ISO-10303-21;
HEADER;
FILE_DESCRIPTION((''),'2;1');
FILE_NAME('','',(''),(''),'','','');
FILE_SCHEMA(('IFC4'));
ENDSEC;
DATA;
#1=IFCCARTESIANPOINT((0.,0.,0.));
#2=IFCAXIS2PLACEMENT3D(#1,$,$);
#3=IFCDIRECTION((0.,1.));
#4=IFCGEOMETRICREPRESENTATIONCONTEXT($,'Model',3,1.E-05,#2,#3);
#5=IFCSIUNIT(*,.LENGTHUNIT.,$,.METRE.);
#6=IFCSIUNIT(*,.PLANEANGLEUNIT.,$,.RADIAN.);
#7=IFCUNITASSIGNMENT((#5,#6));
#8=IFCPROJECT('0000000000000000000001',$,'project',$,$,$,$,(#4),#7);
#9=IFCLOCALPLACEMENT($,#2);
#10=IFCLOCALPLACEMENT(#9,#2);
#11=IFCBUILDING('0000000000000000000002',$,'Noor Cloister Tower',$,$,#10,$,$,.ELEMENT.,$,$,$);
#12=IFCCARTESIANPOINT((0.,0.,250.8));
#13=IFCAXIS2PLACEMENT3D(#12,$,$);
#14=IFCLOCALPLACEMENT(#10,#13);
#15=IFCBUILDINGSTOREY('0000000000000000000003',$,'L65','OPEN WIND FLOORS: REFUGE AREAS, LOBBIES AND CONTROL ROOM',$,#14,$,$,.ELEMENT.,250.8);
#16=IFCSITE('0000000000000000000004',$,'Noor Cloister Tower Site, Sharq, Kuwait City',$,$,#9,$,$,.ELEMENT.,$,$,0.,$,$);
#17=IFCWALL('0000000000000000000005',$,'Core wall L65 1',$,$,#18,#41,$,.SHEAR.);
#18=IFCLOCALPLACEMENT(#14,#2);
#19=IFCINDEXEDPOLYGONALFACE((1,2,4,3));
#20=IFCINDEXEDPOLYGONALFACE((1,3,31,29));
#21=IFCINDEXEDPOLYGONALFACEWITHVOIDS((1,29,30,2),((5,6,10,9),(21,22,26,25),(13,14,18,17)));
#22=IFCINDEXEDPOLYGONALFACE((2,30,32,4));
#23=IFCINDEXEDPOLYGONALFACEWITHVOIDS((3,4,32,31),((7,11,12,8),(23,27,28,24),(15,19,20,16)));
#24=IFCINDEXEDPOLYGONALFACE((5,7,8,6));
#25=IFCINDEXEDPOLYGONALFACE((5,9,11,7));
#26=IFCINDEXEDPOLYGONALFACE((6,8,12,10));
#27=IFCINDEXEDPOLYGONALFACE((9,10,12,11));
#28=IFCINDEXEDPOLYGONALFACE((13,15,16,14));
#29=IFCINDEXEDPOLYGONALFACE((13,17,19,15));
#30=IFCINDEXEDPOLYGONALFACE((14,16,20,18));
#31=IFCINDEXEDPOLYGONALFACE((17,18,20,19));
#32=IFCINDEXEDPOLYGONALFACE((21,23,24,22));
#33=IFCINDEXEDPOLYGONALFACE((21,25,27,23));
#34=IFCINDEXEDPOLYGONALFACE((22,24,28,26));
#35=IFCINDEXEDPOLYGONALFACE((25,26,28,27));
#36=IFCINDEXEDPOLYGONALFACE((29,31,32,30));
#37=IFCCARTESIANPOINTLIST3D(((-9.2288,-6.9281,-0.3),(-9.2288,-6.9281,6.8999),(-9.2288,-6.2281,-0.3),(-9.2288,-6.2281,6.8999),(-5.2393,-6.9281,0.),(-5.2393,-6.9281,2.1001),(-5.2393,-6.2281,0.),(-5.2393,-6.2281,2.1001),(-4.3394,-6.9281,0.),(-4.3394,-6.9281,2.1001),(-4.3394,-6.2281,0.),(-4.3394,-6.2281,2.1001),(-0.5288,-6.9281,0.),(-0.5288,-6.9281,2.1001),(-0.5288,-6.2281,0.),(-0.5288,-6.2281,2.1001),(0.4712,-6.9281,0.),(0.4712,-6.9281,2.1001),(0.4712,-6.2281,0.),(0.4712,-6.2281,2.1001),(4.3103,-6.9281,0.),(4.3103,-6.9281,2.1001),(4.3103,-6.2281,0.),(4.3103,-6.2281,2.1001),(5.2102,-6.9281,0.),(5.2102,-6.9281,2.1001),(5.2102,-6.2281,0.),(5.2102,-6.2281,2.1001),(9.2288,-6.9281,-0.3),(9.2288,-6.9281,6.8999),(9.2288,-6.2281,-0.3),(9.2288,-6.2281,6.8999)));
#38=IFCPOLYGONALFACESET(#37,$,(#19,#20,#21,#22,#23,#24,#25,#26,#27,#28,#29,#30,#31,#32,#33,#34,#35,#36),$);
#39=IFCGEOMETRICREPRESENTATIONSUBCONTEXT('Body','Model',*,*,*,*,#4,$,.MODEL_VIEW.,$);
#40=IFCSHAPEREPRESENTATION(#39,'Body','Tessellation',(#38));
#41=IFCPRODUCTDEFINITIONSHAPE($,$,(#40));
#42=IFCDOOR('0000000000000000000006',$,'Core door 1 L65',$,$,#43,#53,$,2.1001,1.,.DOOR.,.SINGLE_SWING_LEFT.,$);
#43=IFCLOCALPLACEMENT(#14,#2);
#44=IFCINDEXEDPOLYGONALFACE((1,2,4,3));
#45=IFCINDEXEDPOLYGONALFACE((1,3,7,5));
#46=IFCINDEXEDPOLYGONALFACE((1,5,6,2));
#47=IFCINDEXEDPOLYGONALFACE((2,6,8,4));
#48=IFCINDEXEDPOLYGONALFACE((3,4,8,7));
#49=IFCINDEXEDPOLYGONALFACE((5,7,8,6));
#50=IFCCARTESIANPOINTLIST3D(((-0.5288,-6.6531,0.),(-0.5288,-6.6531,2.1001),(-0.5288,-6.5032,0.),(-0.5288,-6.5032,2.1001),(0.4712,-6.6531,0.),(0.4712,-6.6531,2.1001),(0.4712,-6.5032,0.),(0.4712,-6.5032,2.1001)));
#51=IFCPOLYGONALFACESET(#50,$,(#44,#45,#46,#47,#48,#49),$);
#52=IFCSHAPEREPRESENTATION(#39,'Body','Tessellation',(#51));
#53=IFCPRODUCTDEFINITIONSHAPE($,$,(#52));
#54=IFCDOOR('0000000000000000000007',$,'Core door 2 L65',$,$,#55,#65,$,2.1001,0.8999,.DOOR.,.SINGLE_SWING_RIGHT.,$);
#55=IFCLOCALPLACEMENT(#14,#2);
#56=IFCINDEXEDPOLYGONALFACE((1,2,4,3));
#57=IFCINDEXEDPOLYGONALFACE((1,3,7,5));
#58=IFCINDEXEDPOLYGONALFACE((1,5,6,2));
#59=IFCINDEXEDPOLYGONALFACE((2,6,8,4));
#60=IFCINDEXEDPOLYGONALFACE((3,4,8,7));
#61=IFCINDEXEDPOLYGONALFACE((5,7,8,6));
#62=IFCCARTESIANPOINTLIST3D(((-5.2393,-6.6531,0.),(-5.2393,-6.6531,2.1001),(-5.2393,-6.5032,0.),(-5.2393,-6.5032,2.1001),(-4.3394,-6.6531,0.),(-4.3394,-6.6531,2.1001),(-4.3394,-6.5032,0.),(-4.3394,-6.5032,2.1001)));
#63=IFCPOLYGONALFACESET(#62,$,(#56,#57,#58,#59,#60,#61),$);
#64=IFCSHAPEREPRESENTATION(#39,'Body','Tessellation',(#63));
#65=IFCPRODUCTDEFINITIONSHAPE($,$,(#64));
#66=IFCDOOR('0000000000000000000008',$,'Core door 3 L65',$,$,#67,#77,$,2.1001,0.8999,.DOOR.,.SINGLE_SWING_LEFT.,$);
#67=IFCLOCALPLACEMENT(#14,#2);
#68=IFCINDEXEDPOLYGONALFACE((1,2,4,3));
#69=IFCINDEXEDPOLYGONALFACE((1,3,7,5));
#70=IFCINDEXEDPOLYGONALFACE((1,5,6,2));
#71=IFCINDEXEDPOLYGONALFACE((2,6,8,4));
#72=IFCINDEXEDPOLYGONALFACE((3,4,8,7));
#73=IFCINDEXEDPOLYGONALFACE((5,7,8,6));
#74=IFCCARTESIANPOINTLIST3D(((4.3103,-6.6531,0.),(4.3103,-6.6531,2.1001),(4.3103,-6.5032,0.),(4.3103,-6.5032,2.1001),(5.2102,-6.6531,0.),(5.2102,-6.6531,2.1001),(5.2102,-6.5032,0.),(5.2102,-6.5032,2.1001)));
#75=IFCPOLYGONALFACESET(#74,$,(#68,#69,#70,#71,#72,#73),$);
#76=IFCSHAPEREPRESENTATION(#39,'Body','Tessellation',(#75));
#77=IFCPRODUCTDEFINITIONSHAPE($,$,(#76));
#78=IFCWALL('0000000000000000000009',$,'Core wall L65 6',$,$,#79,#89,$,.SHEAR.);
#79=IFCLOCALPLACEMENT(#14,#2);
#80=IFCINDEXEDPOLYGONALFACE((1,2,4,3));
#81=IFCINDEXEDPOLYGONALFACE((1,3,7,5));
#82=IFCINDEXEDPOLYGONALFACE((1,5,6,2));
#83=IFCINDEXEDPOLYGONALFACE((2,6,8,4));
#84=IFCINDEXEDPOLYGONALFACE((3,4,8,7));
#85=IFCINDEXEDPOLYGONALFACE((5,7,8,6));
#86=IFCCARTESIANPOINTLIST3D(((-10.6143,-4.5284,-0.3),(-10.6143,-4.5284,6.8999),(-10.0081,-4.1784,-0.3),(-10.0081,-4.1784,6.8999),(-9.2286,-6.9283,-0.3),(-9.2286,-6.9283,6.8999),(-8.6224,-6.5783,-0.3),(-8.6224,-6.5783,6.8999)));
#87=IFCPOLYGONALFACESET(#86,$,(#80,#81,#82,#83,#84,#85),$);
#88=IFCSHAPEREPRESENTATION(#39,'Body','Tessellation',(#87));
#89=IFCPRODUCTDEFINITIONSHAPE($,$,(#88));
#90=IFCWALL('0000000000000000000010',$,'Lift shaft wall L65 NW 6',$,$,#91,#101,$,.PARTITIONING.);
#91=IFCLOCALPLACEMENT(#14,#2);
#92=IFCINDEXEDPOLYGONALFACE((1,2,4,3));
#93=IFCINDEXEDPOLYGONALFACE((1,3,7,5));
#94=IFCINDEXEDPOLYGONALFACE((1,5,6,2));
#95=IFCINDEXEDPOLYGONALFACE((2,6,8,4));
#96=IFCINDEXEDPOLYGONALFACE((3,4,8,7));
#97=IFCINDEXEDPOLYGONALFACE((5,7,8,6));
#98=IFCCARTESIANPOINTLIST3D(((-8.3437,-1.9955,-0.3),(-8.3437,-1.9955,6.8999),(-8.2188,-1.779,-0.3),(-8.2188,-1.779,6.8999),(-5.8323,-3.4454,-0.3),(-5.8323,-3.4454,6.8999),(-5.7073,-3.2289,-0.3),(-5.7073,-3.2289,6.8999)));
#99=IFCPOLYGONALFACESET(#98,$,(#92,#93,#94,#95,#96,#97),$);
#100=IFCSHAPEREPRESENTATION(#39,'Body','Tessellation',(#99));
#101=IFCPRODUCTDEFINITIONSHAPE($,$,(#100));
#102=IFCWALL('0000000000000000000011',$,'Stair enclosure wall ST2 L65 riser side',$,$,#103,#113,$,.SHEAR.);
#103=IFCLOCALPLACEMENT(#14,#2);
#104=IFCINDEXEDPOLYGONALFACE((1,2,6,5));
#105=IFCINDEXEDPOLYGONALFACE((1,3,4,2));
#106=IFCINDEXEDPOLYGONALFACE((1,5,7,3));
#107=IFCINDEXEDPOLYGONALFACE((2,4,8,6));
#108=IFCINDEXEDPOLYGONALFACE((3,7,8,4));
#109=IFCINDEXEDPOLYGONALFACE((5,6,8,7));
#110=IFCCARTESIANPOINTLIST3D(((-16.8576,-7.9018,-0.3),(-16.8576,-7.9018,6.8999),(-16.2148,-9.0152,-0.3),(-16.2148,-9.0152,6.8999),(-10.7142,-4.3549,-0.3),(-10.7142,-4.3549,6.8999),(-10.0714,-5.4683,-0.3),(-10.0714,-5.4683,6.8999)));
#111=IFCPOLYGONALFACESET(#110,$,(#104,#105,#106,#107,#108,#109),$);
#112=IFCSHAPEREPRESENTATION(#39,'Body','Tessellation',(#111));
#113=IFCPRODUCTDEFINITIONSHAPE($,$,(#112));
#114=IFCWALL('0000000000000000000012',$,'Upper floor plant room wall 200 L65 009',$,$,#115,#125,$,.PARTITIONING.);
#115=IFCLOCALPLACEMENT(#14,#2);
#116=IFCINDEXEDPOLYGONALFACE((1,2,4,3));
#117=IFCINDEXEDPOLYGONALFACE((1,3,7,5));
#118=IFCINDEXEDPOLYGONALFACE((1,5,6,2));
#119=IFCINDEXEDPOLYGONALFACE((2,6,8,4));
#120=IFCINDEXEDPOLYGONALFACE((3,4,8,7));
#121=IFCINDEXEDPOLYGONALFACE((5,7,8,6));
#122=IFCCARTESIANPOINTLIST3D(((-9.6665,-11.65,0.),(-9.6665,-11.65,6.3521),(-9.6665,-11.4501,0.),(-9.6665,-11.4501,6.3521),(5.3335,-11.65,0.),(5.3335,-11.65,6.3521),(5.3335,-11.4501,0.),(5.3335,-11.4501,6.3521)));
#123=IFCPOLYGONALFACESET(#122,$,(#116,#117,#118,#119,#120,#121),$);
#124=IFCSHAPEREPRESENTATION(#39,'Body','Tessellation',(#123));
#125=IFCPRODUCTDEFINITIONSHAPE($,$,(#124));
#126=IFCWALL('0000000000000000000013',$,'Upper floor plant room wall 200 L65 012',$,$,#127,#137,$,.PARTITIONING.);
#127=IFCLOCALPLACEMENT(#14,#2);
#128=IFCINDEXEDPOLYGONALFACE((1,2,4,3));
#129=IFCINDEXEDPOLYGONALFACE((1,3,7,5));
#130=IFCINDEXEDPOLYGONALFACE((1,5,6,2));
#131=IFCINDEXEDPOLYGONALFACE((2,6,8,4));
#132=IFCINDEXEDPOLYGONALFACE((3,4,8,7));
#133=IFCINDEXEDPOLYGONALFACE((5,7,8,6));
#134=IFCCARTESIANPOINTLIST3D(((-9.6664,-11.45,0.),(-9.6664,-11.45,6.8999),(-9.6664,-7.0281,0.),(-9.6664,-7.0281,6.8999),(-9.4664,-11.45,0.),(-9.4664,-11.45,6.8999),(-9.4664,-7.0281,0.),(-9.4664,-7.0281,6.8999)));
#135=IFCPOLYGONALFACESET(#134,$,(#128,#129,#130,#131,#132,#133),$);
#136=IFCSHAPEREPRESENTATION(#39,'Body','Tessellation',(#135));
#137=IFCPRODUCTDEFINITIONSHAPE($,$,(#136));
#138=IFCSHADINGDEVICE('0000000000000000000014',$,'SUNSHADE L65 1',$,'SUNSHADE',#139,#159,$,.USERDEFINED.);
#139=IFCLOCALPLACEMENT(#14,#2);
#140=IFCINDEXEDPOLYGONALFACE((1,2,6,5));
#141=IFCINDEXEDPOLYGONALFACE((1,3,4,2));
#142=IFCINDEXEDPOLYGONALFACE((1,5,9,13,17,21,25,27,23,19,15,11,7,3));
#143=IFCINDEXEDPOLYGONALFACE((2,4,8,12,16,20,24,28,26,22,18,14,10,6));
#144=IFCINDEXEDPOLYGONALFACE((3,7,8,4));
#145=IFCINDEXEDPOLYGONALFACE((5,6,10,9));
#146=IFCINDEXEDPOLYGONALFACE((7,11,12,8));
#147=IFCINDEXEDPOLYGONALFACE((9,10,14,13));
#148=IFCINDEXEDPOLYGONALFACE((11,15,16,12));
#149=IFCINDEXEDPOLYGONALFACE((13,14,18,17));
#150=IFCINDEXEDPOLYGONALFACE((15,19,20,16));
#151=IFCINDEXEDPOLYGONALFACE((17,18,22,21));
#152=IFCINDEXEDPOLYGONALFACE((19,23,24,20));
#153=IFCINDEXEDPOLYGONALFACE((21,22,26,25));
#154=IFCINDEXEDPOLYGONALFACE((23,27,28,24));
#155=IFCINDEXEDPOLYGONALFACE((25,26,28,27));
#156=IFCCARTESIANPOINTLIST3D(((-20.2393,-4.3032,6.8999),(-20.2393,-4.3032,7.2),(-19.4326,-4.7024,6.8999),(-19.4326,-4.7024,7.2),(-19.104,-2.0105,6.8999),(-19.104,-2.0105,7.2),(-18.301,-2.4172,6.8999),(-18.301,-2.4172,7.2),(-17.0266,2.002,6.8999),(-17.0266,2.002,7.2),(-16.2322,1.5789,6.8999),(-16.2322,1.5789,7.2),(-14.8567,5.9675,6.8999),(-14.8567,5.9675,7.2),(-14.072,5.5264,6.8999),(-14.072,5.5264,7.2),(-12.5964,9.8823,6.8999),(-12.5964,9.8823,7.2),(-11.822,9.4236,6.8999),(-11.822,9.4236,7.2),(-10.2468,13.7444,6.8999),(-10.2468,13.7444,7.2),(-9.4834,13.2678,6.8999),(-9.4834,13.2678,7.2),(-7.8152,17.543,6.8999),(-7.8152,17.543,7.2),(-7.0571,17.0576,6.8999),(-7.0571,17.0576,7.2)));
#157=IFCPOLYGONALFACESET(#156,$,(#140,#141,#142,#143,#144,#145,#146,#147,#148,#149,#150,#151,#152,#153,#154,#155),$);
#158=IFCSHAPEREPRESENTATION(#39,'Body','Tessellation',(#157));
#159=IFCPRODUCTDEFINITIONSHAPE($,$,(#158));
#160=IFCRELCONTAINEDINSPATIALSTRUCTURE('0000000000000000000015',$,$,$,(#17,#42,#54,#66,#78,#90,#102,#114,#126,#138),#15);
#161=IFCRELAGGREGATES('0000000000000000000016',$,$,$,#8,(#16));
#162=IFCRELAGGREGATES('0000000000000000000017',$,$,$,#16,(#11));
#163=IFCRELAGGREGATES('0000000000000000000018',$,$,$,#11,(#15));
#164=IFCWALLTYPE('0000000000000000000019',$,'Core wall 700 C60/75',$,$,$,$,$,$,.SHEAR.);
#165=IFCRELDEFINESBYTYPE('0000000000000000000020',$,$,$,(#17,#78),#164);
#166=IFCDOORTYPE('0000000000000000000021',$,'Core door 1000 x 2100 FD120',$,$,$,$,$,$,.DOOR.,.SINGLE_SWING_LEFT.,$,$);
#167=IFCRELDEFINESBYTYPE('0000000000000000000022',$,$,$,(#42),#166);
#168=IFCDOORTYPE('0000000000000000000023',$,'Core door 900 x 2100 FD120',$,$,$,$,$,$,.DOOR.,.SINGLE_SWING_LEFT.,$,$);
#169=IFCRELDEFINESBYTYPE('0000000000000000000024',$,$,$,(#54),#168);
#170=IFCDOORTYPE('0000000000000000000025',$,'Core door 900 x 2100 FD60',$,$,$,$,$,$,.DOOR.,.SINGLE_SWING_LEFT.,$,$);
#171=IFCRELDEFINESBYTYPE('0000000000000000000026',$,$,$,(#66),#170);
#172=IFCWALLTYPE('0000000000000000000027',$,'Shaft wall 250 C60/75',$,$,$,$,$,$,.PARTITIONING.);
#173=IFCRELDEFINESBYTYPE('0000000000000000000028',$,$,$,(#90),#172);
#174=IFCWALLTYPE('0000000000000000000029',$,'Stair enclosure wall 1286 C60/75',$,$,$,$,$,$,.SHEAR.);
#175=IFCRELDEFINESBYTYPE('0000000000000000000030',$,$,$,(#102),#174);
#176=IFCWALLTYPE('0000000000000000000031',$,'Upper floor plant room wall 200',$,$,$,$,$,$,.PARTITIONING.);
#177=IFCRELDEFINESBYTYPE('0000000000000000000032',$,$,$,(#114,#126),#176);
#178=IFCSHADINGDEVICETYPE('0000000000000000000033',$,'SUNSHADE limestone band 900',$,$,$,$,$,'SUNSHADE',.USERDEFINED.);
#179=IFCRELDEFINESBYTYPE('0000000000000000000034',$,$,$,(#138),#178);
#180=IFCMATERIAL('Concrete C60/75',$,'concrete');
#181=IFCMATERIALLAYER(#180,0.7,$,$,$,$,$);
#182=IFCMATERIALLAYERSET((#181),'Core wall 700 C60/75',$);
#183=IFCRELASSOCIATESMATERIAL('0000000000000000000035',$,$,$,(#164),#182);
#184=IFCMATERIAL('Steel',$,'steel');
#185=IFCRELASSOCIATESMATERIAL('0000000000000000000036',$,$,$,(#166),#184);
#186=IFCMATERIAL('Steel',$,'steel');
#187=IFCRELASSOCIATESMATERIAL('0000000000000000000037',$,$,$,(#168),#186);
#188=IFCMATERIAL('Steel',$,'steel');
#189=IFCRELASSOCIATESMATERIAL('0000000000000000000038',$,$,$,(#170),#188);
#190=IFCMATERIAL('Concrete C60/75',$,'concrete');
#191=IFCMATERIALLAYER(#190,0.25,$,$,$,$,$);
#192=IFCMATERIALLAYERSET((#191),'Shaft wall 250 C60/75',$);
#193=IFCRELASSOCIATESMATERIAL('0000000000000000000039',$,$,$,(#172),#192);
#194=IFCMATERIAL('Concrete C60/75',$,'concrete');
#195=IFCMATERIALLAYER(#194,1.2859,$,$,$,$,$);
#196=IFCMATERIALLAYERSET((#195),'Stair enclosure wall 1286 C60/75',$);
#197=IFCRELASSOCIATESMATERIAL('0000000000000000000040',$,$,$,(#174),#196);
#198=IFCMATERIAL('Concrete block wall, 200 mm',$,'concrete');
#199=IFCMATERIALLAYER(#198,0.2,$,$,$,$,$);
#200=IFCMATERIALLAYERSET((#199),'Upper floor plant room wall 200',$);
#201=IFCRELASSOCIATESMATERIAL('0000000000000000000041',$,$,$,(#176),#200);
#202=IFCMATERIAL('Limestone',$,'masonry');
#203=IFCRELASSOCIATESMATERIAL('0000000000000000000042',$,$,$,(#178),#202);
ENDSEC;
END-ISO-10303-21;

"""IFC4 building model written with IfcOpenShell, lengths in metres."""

from ifc_helpers import new_model, si_unit, direction, frame, frame_2d, origin, place, context, subcontext, project, spatial, polyline, rectangle, outline, extrude, material, layer, layer_set, type_object, element, fill, save


model = new_model("IFC4")

# Units and contexts
model_context = context("Model", 3, precision=1e-05, world=origin(), true_north=direction((0.0, 1.0)))
body_context = subcontext(model_context, "Body", "Model", "MODEL_VIEW")
ifc_project = project(units=[si_unit("LENGTHUNIT", "METRE"), si_unit("PLANEANGLEUNIT", "RADIAN")], contexts=[model_context])

# Site, building, storey
site_placement = place(None, origin())
site = spatial("IfcSite", under=ifc_project, at=site_placement, Name="Noor Cloister Tower Site, Sharq, Kuwait City", CompositionType="ELEMENT", RefElevation=0.0)
building_placement = place(site_placement, origin())
building = spatial("IfcBuilding", under=site, at=building_placement, Name="Noor Cloister Tower", CompositionType="ELEMENT")
storey_placement = place(building_placement, frame((0.0, 0.0, 250.8)))
storey = spatial("IfcBuildingStorey", under=building, at=storey_placement, Name="L65", Description="OPEN WIND FLOORS: REFUGE AREAS, LOBBIES AND CONTROL ROOM", CompositionType="ELEMENT", Elevation=250.8)

# Wall, openings, doors
ifc_material_1 = material(Name="Concrete C60/75", Category="concrete")
ifc_layer_1 = layer(ifc_material_1, 0.7)
ifc_layer_set_1 = layer_set([ifc_layer_1], Name="Core wall 700 C60/75")
wall_type_1 = type_object("IfcWallType", Name="Core wall 700 C60/75", PredefinedType="SHEAR", material=ifc_layer_set_1)
wall_1_placement = place(storey_placement, frame((-9.2288, -6.5781, -0.3), z_axis=(0.0, 0.0, 1.0), x_axis=(1.0, 0.0, 0.0)))
wall_1 = element("IfcWall", 1, at=wall_1_placement, inside=storey, type_object=wall_type_1, Name="Core wall L65 1", PredefinedType="SHEAR", context=body_context, shape_type="SweptSolid", body=[
    extrude(rectangle(XDim=18.4575, YDim=0.7, at=frame_2d((9.2288, 0.0))), origin(), (0.0, 0.0, 1.0), 7.2),
])
opening_1_placement = place(wall_1_placement, frame((8.7, 0.0, 0.3)))
opening_1 = element("IfcOpeningElement", 2, at=opening_1_placement, cuts=wall_1, PredefinedType="OPENING", context=body_context, shape_type="SweptSolid", body=[
    extrude(rectangle(XDim=1.0, YDim=2.1001, at=frame_2d((0.5, 1.05))), frame((0.0, 0.3599, 0.0), z_axis=(0.0, -1.0, 0.0), x_axis=(1.0, 0.0, 0.0)), (0.0, 0.0, 1.0), 0.72),
])
opening_2_placement = place(wall_1_placement, frame((3.9895, 0.0, 0.3)))
opening_2 = element("IfcOpeningElement", 3, at=opening_2_placement, cuts=wall_1, PredefinedType="OPENING", context=body_context, shape_type="SweptSolid", body=[
    extrude(rectangle(XDim=0.8999, YDim=2.1001, at=frame_2d((0.45, 1.05))), frame((0.0, 0.3599, 0.0), z_axis=(0.0, -1.0, 0.0), x_axis=(1.0, 0.0, 0.0)), (0.0, 0.0, 1.0), 0.72),
])
opening_3_placement = place(wall_1_placement, frame((13.5391, 0.0, 0.3)))
opening_3 = element("IfcOpeningElement", 4, at=opening_3_placement, cuts=wall_1, PredefinedType="OPENING", context=body_context, shape_type="SweptSolid", body=[
    extrude(rectangle(XDim=0.8999, YDim=2.1001, at=frame_2d((0.45, 1.05))), frame((0.0, 0.3599, 0.0), z_axis=(0.0, -1.0, 0.0), x_axis=(1.0, 0.0, 0.0)), (0.0, 0.0, 1.0), 0.72),
])
ifc_material_2 = material(Name="Steel", Category="steel")
door_type_1 = type_object("IfcDoorType", Name="Core door 1000 x 2100 FD120", OperationType="SINGLE_SWING_LEFT", PredefinedType="DOOR", material=ifc_material_2)
door_1_placement = place(opening_1_placement, origin())
door_1 = element("IfcDoor", 5, at=door_1_placement, inside=storey, type_object=door_type_1, Name="Core door 1 L65", OperationType="SINGLE_SWING_LEFT", OverallHeight=2.1001, OverallWidth=1.0, PredefinedType="DOOR", context=body_context, shape_type="SweptSolid", body=[
    extrude(rectangle(XDim=1.0, YDim=2.1001, at=frame_2d((0.5, 1.05))), frame((0.0, 0.075, 0.0), z_axis=(0.0, -1.0, 0.0), x_axis=(1.0, 0.0, 0.0)), (0.0, 0.0, 1.0), 0.1499),
])
fill(opening_1, door_1)
ifc_material_3 = material(Name="Steel", Category="steel")
door_type_2 = type_object("IfcDoorType", Name="Core door 900 x 2100 FD120", OperationType="SINGLE_SWING_LEFT", PredefinedType="DOOR", material=ifc_material_3)
door_2_placement = place(opening_2_placement, origin())
door_2 = element("IfcDoor", 6, at=door_2_placement, inside=storey, type_object=door_type_2, Name="Core door 2 L65", OperationType="SINGLE_SWING_RIGHT", OverallHeight=2.1001, OverallWidth=0.8999, PredefinedType="DOOR", context=body_context, shape_type="SweptSolid", body=[
    extrude(rectangle(XDim=0.8999, YDim=2.1001, at=frame_2d((0.45, 1.05))), frame((0.0, 0.075, 0.0), z_axis=(0.0, -1.0, 0.0), x_axis=(1.0, 0.0, 0.0)), (0.0, 0.0, 1.0), 0.1499),
])
fill(opening_2, door_2)
ifc_material_4 = material(Name="Steel", Category="steel")
door_type_3 = type_object("IfcDoorType", Name="Core door 900 x 2100 FD60", OperationType="SINGLE_SWING_LEFT", PredefinedType="DOOR", material=ifc_material_4)
door_3_placement = place(opening_3_placement, origin())
door_3 = element("IfcDoor", 7, at=door_3_placement, inside=storey, type_object=door_type_3, Name="Core door 3 L65", OperationType="SINGLE_SWING_LEFT", OverallHeight=2.1001, OverallWidth=0.8999, PredefinedType="DOOR", context=body_context, shape_type="SweptSolid", body=[
    extrude(rectangle(XDim=0.8999, YDim=2.1001, at=frame_2d((0.45, 1.05))), frame((0.0, 0.075, 0.0), z_axis=(0.0, -1.0, 0.0), x_axis=(1.0, 0.0, 0.0)), (0.0, 0.0, 1.0), 0.1499),
])
fill(opening_3, door_3)

# Walls
wall_2_placement = place(storey_placement, frame((-10.3113, -4.3533, -0.3), z_axis=(0.0, 0.0, 1.0), x_axis=(0.500043, -0.866001, 0.0)))
element("IfcWall", 8, at=wall_2_placement, inside=storey, type_object=wall_type_1, Name="Core wall L65 6", PredefinedType="SHEAR", context=body_context, shape_type="SweptSolid", body=[
    extrude(rectangle(XDim=2.7712, YDim=0.7, at=frame_2d((1.3857, 0.0))), origin(), (0.0, 0.0, 1.0), 7.2),
])
ifc_material_5 = material(Name="Concrete C60/75", Category="concrete")
ifc_layer_2 = layer(ifc_material_5, 0.25)
ifc_layer_set_2 = layer_set([ifc_layer_2], Name="Shaft wall 250 C60/75")
wall_type_2 = type_object("IfcWallType", Name="Shaft wall 250 C60/75", PredefinedType="PARTITIONING", material=ifc_layer_set_2)
wall_3_placement = place(storey_placement, frame((-8.2812, -1.8872, -0.3), z_axis=(0.0, 0.0, 1.0), x_axis=(0.866033, -0.499987, 0.0)))
element("IfcWall", 9, at=wall_3_placement, inside=storey, type_object=wall_type_2, Name="Lift shaft wall L65 NW 6", PredefinedType="PARTITIONING", context=body_context, shape_type="SweptSolid", body=[
    extrude(rectangle(XDim=2.8999, YDim=0.25, at=frame_2d((1.45, 0.0))), origin(), (0.0, 0.0, 1.0), 7.2),
])
ifc_material_6 = material(Name="Concrete C60/75", Category="concrete")
ifc_layer_3 = layer(ifc_material_6, 1.2859)
ifc_layer_set_3 = layer_set([ifc_layer_3], Name="Stair enclosure wall 1286 C60/75")
wall_type_3 = type_object("IfcWallType", Name="Stair enclosure wall 1286 C60/75", PredefinedType="SHEAR", material=ifc_layer_set_3)
wall_4_placement = place(storey_placement, frame((-10.3928, -4.9116, -0.3), z_axis=(0.0, 0.0, 1.0), x_axis=(-0.866023, -0.500003, 0.0)))
element("IfcWall", 10, at=wall_4_placement, inside=storey, type_object=wall_type_3, Name="Stair enclosure wall ST2 L65 riser side", PredefinedType="SHEAR", context=body_context, shape_type="SweptSolid", body=[
    extrude(rectangle(XDim=7.0938, YDim=1.2856, at=frame_2d((3.5469, 0.0))), origin(), (0.0, 0.0, 1.0), 7.2),
])
ifc_material_7 = material(Name="Concrete block wall, 200 mm", Category="concrete")
ifc_layer_4 = layer(ifc_material_7, 0.2)
ifc_layer_set_4 = layer_set([ifc_layer_4], Name="Upper floor plant room wall 200")
wall_type_4 = type_object("IfcWallType", Name="Upper floor plant room wall 200", PredefinedType="PARTITIONING", material=ifc_layer_set_4)
wall_5_placement = place(storey_placement, frame((-9.6665, -11.55, 0.0), z_axis=(0.0, 0.0, 1.0), x_axis=(1.0, 0.0, 0.0)))
element("IfcWall", 11, at=wall_5_placement, inside=storey, type_object=wall_type_4, Name="Upper floor plant room wall 200 L65 009", PredefinedType="PARTITIONING", context=body_context, shape_type="SweptSolid", body=[
    extrude(rectangle(XDim=15.0, YDim=0.2, at=frame_2d((7.5, 0.0))), origin(), (0.0, 0.0, 1.0), 6.3521),
])
wall_6_placement = place(storey_placement, frame((-9.5664, -11.45, 0.0), z_axis=(0.0, 0.0, 1.0), x_axis=(0.0, 1.0, 0.0)))
element("IfcWall", 12, at=wall_6_placement, inside=storey, type_object=wall_type_4, Name="Upper floor plant room wall 200 L65 012", PredefinedType="PARTITIONING", context=body_context, shape_type="SweptSolid", body=[
    extrude(rectangle(XDim=4.4219, YDim=0.2, at=frame_2d((2.2109, 0.0))), origin(), (0.0, 0.0, 1.0), 6.8999),
])

# Shading device
ifc_material_8 = material(Name="Limestone", Category="masonry")
shading_device_type = type_object("IfcShadingDeviceType", Name="SUNSHADE limestone band 900", ElementType="SUNSHADE", PredefinedType="USERDEFINED", material=ifc_material_8)
shading_device_1_placement = place(storey_placement, frame((0.0, 0.0, 6.8999)))
element("IfcShadingDevice", 13, at=shading_device_1_placement, inside=storey, type_object=shading_device_type, Name="SUNSHADE L65 1", ObjectType="SUNSHADE", PredefinedType="USERDEFINED", context=body_context, shape_type="SweptSolid", body=[
    extrude(outline(polyline([(-7.8152, 17.543), (-10.2468, 13.7444), (-12.5964, 9.8823), (-14.8567, 5.9675), (-17.0266, 2.002), (-19.104, -2.0105), (-20.2393, -4.3032), (-19.4326, -4.7024), (-18.301, -2.4172), (-16.2322, 1.5789), (-14.072, 5.5264), (-11.822, 9.4236), (-9.4834, 13.2678), (-7.0571, 17.0576), (-7.8152, 17.543)])), origin(), (0.0, 0.0, 1.0), 0.3),
])

save(model, "model.ifc")
